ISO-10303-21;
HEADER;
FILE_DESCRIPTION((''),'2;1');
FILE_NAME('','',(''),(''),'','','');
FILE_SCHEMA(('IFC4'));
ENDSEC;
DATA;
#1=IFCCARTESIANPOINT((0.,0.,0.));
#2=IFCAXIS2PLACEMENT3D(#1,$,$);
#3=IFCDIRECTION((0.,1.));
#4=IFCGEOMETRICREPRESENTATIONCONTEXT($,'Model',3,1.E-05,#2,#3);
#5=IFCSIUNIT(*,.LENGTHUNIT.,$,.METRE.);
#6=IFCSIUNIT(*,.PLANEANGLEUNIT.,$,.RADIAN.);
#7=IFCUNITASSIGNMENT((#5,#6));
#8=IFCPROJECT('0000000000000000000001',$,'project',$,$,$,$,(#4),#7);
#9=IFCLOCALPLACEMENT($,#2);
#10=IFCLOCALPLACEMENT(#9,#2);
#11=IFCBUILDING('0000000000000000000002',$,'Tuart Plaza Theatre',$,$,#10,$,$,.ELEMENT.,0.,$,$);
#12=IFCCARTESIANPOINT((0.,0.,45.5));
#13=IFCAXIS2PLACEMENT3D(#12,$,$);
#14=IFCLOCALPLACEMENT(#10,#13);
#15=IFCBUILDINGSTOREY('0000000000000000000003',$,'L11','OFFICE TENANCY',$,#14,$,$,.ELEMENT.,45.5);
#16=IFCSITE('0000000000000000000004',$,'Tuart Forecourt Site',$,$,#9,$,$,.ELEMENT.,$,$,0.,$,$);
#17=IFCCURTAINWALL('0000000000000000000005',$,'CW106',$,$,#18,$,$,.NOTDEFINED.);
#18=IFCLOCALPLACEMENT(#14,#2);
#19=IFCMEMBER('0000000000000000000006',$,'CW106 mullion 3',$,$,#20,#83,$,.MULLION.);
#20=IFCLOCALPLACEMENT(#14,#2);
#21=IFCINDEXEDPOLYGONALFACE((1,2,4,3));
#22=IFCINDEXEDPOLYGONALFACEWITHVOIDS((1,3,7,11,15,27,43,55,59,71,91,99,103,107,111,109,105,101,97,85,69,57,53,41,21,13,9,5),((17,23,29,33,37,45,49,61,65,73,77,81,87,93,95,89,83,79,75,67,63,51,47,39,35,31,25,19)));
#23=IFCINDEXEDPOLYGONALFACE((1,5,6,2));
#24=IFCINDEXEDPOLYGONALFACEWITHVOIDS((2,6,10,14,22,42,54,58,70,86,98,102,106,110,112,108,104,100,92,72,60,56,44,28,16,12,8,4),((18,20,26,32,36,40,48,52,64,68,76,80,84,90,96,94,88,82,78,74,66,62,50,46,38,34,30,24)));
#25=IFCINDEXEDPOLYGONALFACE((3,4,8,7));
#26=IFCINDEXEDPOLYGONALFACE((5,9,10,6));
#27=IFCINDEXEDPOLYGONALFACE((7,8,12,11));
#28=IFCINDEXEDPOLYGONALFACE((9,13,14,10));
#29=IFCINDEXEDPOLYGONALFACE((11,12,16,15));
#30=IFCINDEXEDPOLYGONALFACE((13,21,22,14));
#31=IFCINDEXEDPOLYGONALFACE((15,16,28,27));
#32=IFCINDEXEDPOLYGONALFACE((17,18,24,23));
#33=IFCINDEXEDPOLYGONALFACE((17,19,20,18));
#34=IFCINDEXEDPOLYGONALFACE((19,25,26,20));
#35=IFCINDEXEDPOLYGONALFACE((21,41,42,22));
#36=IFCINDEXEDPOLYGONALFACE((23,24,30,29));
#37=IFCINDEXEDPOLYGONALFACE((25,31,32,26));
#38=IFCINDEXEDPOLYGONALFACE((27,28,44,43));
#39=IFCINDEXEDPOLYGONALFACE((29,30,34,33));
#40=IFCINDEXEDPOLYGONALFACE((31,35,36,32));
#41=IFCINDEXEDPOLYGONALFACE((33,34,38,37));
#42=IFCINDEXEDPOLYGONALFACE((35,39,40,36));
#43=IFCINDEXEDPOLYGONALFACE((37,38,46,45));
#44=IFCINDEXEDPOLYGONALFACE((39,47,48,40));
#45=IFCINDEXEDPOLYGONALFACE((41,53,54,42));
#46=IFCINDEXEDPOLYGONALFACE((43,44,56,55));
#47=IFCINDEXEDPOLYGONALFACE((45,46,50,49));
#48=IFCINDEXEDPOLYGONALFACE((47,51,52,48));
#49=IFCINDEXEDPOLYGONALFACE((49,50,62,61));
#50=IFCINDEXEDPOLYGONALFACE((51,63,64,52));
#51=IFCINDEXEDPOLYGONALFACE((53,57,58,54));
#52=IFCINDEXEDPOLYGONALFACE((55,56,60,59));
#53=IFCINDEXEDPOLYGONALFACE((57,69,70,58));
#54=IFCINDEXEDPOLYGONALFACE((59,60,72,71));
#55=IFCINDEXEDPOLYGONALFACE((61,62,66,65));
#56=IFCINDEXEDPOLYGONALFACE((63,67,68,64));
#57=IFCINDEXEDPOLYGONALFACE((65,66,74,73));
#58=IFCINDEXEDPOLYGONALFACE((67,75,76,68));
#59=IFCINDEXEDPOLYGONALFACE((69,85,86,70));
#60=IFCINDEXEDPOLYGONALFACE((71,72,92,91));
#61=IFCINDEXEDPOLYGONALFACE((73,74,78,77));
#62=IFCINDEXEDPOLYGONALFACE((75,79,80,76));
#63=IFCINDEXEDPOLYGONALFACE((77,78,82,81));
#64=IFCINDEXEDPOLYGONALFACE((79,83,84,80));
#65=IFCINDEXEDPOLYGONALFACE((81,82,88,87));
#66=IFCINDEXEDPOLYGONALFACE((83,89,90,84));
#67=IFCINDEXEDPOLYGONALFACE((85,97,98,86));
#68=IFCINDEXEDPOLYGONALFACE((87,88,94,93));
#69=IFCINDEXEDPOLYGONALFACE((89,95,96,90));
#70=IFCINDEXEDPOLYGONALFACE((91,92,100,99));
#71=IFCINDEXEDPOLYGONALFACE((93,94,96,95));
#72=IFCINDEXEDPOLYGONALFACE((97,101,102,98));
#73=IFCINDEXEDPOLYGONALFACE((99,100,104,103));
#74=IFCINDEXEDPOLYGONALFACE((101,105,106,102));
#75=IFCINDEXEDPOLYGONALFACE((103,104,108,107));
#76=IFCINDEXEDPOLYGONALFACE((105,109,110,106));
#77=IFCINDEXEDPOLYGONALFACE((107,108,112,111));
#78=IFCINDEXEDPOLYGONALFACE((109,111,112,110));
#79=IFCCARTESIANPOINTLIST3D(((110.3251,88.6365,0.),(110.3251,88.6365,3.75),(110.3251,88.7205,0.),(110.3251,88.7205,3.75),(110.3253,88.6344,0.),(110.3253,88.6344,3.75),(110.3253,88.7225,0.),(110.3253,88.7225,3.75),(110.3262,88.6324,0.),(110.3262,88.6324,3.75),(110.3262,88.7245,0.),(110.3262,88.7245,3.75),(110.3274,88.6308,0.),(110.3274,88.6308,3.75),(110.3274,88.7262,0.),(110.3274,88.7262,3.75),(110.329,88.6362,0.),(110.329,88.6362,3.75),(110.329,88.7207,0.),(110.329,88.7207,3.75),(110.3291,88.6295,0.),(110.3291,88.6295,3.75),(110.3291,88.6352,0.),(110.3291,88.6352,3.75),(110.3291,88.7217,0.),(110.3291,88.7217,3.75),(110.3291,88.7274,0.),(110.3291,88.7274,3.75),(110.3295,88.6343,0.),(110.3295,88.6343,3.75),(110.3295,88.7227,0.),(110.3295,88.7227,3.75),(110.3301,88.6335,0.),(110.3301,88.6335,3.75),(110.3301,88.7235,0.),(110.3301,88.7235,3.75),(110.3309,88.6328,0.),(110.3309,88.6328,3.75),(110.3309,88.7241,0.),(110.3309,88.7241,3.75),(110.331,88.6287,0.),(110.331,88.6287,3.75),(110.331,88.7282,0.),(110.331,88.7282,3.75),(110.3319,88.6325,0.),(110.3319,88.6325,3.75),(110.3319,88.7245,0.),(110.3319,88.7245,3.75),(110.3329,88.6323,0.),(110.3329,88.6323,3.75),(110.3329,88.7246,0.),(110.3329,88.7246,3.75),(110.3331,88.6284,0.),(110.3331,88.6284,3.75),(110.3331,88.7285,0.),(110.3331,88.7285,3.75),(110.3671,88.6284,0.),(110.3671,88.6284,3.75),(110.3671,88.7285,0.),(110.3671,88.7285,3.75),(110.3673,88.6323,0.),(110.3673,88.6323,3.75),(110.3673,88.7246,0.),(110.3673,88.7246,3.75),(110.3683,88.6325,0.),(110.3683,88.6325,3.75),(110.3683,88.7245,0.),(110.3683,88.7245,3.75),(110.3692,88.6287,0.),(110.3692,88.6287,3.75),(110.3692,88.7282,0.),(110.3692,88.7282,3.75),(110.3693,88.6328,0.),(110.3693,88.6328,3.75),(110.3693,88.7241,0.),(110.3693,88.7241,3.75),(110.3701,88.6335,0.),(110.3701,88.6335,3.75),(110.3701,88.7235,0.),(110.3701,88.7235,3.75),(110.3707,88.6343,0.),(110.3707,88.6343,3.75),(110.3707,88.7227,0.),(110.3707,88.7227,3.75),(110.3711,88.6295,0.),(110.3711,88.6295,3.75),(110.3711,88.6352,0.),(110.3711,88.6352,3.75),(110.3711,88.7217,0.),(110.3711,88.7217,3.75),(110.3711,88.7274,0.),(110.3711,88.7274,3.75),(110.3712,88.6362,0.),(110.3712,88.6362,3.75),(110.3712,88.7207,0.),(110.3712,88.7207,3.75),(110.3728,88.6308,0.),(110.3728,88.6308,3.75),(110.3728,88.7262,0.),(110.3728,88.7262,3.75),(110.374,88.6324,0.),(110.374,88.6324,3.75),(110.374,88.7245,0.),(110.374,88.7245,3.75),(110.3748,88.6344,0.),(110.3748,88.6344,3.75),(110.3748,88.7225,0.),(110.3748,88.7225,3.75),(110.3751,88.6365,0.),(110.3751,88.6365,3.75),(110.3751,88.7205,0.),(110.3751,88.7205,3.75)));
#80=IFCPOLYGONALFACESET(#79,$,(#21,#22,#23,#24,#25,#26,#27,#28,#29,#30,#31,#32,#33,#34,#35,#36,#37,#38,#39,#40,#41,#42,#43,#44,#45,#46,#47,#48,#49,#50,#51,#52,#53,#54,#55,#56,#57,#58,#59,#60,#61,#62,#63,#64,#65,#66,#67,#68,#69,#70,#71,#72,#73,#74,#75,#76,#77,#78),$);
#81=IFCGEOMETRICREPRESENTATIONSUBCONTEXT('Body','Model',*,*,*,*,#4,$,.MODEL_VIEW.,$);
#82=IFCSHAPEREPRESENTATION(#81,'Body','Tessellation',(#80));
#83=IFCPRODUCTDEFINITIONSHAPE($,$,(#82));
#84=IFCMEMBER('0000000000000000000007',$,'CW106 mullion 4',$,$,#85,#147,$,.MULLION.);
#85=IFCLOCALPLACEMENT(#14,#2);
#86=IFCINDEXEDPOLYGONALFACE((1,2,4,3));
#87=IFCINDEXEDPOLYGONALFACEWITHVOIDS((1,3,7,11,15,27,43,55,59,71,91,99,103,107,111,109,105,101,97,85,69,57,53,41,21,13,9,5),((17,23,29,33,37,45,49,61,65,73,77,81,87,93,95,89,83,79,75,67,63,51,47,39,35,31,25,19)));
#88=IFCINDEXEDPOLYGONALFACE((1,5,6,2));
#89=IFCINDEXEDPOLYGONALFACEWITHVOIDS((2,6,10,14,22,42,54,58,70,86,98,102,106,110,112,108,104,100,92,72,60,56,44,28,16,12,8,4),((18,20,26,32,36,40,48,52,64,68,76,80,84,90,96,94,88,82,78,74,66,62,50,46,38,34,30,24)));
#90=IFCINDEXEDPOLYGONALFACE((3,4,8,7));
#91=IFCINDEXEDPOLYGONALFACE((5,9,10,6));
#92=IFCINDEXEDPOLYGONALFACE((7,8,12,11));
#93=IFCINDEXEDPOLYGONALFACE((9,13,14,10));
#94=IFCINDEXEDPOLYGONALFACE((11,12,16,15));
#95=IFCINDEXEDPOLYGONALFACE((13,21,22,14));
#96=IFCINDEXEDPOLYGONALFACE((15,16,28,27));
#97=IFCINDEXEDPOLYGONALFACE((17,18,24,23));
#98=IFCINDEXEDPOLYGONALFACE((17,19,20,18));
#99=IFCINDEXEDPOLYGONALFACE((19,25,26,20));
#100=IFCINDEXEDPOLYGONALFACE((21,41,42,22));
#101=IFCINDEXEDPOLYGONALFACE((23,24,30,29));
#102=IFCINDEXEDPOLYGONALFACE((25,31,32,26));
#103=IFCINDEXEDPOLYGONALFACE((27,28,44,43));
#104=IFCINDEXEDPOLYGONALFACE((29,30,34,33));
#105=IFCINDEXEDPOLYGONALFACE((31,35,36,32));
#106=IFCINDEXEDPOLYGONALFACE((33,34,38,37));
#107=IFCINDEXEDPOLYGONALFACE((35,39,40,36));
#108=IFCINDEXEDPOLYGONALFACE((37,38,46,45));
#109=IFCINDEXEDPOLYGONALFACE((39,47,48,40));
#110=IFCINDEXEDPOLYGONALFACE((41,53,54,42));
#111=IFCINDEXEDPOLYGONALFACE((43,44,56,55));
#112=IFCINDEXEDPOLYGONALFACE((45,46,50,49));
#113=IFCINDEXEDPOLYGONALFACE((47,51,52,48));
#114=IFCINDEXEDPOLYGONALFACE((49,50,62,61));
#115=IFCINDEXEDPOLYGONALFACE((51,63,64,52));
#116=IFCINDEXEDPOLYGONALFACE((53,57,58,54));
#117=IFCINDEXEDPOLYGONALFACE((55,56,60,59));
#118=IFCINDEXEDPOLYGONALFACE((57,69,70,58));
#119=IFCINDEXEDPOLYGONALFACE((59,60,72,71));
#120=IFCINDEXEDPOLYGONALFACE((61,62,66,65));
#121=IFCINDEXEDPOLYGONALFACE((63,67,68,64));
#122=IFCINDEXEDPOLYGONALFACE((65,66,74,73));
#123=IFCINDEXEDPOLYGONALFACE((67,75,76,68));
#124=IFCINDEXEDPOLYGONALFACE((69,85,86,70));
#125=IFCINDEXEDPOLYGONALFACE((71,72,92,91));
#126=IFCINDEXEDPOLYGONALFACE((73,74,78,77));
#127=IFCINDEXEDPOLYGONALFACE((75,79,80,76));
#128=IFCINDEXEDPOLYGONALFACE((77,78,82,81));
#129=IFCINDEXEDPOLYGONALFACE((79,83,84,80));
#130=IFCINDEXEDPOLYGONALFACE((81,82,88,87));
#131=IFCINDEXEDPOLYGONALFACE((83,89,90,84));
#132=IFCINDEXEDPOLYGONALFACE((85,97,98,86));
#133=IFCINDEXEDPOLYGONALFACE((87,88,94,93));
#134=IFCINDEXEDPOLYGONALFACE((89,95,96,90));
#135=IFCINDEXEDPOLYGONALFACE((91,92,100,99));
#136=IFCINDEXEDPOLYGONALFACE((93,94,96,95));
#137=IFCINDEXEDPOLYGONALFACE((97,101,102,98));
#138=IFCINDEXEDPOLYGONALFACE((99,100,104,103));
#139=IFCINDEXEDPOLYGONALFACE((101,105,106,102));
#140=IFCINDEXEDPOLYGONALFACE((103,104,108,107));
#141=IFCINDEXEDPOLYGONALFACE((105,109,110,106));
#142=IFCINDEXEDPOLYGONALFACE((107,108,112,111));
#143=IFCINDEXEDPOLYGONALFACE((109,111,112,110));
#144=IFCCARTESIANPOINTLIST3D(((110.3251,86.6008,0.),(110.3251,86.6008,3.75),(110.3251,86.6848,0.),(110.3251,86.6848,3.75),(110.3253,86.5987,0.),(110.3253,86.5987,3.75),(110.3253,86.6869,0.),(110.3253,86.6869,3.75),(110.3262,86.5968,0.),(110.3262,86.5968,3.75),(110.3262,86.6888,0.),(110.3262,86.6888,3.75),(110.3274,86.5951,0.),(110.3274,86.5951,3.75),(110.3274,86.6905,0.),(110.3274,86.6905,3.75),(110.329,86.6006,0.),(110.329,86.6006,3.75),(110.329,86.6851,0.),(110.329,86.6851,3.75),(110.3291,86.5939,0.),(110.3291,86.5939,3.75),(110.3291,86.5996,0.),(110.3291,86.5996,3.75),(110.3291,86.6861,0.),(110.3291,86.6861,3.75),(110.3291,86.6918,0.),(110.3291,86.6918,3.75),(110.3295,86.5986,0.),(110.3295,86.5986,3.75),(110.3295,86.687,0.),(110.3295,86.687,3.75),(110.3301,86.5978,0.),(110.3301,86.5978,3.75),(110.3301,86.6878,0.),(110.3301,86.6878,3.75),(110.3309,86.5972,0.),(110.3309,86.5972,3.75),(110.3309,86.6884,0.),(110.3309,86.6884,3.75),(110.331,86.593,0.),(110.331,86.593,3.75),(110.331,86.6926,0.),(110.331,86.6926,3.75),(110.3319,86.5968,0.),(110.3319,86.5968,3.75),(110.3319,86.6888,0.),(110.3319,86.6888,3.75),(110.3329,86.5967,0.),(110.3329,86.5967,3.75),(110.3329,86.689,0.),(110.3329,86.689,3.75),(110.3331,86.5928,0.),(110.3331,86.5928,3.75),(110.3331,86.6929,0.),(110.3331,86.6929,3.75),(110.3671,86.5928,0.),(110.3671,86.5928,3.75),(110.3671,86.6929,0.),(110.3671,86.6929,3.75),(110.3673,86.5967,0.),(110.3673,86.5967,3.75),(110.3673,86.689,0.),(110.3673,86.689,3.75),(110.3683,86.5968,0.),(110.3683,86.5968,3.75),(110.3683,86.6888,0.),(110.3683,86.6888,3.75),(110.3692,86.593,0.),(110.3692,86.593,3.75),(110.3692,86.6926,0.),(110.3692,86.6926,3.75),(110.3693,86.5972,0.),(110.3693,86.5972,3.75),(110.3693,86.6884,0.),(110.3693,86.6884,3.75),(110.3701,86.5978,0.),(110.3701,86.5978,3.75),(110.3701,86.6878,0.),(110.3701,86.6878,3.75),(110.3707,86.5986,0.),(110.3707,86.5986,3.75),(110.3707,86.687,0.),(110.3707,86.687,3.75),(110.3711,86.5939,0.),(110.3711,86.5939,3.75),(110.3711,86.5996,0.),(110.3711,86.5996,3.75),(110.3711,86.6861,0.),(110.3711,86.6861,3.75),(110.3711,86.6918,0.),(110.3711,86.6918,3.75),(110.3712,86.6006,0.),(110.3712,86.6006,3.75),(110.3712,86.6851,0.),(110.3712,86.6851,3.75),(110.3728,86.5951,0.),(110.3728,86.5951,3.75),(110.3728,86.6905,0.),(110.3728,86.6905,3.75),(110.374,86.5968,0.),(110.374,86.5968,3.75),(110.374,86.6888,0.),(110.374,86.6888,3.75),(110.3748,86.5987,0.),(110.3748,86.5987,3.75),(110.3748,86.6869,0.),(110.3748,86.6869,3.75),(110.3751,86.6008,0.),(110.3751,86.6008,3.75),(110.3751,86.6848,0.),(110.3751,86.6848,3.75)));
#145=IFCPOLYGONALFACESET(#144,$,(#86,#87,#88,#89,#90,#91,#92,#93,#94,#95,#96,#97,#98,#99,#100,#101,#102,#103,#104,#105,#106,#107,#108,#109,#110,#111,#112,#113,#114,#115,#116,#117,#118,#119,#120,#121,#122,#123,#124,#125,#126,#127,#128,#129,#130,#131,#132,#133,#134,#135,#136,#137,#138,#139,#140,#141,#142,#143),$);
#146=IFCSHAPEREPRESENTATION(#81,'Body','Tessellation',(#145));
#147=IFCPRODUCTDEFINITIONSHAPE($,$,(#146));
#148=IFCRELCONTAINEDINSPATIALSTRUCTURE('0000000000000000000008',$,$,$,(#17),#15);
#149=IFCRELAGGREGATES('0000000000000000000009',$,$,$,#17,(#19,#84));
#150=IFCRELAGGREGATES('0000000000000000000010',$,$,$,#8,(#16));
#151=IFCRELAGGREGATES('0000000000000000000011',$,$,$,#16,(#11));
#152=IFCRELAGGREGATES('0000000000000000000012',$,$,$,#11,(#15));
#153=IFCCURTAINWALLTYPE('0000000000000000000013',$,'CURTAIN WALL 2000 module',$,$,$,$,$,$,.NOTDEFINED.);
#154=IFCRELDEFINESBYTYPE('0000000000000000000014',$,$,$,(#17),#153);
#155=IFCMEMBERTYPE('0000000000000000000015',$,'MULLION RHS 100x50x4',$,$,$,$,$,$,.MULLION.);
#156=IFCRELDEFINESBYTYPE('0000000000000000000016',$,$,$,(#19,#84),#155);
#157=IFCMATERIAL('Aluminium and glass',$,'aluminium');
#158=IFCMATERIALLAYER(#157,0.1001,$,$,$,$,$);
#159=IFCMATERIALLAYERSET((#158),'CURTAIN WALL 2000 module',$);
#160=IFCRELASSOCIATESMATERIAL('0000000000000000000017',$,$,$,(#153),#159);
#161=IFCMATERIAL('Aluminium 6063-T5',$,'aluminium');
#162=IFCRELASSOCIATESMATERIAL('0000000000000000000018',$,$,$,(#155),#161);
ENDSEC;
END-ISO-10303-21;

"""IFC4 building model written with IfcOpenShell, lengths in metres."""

from ifc_helpers import new_model, si_unit, direction, frame, origin, origin_2d, place, context, subcontext, project, spatial, hollow_rectangle, extrude, material, layer, layer_set, material_profile, profile_set, type_object, element, aggregate, save


model = new_model("IFC4")

# Units and contexts
model_context = context("Model", 3, precision=1e-05, world=origin(), true_north=direction((0.0, 1.0)))
body_context = subcontext(model_context, "Body", "Model", "MODEL_VIEW")
ifc_project = project(units=[si_unit("LENGTHUNIT", "METRE"), si_unit("PLANEANGLEUNIT", "RADIAN")], contexts=[model_context])

# Site, building, storey
site_placement = place(None, origin())
site = spatial("IfcSite", under=ifc_project, at=site_placement, Name="Tuart Forecourt Site", CompositionType="ELEMENT", RefElevation=0.0)
building_placement = place(site_placement, origin())
building = spatial("IfcBuilding", under=site, at=building_placement, Name="Tuart Plaza Theatre", CompositionType="ELEMENT", ElevationOfRefHeight=0.0)
storey_placement = place(building_placement, frame((0.0, 0.0, 45.5)))
storey = spatial("IfcBuildingStorey", under=building, at=storey_placement, Name="L11", Description="OFFICE TENANCY", CompositionType="ELEMENT", Elevation=45.5)

# Curtain wall, members
ifc_material_1 = material(Name="Aluminium and glass", Category="aluminium")
ifc_layer_1 = layer(ifc_material_1, 0.1001)
ifc_layer_set_1 = layer_set([ifc_layer_1], Name="CURTAIN WALL 2000 module")
curtain_wall_type = type_object("IfcCurtainWallType", Name="CURTAIN WALL 2000 module", PredefinedType="NOTDEFINED", material=ifc_layer_set_1)
curtain_wall_placement = place(storey_placement, origin())
curtain_wall = element("IfcCurtainWall", 1, at=curtain_wall_placement, inside=storey, type_object=curtain_wall_type, Name="CW106", PredefinedType="NOTDEFINED")
ifc_material_2 = material(Name="Aluminium 6063-T5", Category="aluminium")
ifc_material_profile_1 = material_profile(ifc_material_2, hollow_rectangle(XDim=0.05, YDim=0.1001, WallThickness=0.0039, InnerFilletRadius=0.0039, OuterFilletRadius=0.0081, at=origin_2d()), Name="RHS 100x50x4")
ifc_profile_set_1 = profile_set([ifc_material_profile_1], Name="Aluminium 6063-T5")
member_type_1 = type_object("IfcMemberType", Name="MULLION RHS 100x50x4", PredefinedType="MULLION", material=ifc_profile_set_1)
member_1_placement = place(storey_placement, frame((110.3501, 88.6785, 0.0), z_axis=(0.0, 0.0, 1.0), x_axis=(1.0, 0.0, 0.0)))
member_1 = element("IfcMember", 2, at=member_1_placement, type_object=member_type_1, Name="CW106 mullion 3", PredefinedType="MULLION", context=body_context, shape_type="SweptSolid", body=[
    extrude(hollow_rectangle(XDim=0.05, YDim=0.1001, WallThickness=0.0039, InnerFilletRadius=0.0039, OuterFilletRadius=0.0081, at=origin_2d()), origin(), (0.0, 0.0, 1.0), 3.75),
])
member_2_placement = place(storey_placement, frame((110.3501, 86.6428, 0.0), z_axis=(0.0, 0.0, 1.0), x_axis=(1.0, 0.0, 0.0)))
member_2 = element("IfcMember", 3, at=member_2_placement, type_object=member_type_1, Name="CW106 mullion 4", PredefinedType="MULLION", context=body_context, shape_type="SweptSolid", body=[
    extrude(hollow_rectangle(XDim=0.05, YDim=0.1001, WallThickness=0.0039, InnerFilletRadius=0.0039, OuterFilletRadius=0.0081, at=origin_2d()), origin(), (0.0, 0.0, 1.0), 3.75),
])
aggregate(curtain_wall, [member_1, member_2])

save(model, "model.ifc")
